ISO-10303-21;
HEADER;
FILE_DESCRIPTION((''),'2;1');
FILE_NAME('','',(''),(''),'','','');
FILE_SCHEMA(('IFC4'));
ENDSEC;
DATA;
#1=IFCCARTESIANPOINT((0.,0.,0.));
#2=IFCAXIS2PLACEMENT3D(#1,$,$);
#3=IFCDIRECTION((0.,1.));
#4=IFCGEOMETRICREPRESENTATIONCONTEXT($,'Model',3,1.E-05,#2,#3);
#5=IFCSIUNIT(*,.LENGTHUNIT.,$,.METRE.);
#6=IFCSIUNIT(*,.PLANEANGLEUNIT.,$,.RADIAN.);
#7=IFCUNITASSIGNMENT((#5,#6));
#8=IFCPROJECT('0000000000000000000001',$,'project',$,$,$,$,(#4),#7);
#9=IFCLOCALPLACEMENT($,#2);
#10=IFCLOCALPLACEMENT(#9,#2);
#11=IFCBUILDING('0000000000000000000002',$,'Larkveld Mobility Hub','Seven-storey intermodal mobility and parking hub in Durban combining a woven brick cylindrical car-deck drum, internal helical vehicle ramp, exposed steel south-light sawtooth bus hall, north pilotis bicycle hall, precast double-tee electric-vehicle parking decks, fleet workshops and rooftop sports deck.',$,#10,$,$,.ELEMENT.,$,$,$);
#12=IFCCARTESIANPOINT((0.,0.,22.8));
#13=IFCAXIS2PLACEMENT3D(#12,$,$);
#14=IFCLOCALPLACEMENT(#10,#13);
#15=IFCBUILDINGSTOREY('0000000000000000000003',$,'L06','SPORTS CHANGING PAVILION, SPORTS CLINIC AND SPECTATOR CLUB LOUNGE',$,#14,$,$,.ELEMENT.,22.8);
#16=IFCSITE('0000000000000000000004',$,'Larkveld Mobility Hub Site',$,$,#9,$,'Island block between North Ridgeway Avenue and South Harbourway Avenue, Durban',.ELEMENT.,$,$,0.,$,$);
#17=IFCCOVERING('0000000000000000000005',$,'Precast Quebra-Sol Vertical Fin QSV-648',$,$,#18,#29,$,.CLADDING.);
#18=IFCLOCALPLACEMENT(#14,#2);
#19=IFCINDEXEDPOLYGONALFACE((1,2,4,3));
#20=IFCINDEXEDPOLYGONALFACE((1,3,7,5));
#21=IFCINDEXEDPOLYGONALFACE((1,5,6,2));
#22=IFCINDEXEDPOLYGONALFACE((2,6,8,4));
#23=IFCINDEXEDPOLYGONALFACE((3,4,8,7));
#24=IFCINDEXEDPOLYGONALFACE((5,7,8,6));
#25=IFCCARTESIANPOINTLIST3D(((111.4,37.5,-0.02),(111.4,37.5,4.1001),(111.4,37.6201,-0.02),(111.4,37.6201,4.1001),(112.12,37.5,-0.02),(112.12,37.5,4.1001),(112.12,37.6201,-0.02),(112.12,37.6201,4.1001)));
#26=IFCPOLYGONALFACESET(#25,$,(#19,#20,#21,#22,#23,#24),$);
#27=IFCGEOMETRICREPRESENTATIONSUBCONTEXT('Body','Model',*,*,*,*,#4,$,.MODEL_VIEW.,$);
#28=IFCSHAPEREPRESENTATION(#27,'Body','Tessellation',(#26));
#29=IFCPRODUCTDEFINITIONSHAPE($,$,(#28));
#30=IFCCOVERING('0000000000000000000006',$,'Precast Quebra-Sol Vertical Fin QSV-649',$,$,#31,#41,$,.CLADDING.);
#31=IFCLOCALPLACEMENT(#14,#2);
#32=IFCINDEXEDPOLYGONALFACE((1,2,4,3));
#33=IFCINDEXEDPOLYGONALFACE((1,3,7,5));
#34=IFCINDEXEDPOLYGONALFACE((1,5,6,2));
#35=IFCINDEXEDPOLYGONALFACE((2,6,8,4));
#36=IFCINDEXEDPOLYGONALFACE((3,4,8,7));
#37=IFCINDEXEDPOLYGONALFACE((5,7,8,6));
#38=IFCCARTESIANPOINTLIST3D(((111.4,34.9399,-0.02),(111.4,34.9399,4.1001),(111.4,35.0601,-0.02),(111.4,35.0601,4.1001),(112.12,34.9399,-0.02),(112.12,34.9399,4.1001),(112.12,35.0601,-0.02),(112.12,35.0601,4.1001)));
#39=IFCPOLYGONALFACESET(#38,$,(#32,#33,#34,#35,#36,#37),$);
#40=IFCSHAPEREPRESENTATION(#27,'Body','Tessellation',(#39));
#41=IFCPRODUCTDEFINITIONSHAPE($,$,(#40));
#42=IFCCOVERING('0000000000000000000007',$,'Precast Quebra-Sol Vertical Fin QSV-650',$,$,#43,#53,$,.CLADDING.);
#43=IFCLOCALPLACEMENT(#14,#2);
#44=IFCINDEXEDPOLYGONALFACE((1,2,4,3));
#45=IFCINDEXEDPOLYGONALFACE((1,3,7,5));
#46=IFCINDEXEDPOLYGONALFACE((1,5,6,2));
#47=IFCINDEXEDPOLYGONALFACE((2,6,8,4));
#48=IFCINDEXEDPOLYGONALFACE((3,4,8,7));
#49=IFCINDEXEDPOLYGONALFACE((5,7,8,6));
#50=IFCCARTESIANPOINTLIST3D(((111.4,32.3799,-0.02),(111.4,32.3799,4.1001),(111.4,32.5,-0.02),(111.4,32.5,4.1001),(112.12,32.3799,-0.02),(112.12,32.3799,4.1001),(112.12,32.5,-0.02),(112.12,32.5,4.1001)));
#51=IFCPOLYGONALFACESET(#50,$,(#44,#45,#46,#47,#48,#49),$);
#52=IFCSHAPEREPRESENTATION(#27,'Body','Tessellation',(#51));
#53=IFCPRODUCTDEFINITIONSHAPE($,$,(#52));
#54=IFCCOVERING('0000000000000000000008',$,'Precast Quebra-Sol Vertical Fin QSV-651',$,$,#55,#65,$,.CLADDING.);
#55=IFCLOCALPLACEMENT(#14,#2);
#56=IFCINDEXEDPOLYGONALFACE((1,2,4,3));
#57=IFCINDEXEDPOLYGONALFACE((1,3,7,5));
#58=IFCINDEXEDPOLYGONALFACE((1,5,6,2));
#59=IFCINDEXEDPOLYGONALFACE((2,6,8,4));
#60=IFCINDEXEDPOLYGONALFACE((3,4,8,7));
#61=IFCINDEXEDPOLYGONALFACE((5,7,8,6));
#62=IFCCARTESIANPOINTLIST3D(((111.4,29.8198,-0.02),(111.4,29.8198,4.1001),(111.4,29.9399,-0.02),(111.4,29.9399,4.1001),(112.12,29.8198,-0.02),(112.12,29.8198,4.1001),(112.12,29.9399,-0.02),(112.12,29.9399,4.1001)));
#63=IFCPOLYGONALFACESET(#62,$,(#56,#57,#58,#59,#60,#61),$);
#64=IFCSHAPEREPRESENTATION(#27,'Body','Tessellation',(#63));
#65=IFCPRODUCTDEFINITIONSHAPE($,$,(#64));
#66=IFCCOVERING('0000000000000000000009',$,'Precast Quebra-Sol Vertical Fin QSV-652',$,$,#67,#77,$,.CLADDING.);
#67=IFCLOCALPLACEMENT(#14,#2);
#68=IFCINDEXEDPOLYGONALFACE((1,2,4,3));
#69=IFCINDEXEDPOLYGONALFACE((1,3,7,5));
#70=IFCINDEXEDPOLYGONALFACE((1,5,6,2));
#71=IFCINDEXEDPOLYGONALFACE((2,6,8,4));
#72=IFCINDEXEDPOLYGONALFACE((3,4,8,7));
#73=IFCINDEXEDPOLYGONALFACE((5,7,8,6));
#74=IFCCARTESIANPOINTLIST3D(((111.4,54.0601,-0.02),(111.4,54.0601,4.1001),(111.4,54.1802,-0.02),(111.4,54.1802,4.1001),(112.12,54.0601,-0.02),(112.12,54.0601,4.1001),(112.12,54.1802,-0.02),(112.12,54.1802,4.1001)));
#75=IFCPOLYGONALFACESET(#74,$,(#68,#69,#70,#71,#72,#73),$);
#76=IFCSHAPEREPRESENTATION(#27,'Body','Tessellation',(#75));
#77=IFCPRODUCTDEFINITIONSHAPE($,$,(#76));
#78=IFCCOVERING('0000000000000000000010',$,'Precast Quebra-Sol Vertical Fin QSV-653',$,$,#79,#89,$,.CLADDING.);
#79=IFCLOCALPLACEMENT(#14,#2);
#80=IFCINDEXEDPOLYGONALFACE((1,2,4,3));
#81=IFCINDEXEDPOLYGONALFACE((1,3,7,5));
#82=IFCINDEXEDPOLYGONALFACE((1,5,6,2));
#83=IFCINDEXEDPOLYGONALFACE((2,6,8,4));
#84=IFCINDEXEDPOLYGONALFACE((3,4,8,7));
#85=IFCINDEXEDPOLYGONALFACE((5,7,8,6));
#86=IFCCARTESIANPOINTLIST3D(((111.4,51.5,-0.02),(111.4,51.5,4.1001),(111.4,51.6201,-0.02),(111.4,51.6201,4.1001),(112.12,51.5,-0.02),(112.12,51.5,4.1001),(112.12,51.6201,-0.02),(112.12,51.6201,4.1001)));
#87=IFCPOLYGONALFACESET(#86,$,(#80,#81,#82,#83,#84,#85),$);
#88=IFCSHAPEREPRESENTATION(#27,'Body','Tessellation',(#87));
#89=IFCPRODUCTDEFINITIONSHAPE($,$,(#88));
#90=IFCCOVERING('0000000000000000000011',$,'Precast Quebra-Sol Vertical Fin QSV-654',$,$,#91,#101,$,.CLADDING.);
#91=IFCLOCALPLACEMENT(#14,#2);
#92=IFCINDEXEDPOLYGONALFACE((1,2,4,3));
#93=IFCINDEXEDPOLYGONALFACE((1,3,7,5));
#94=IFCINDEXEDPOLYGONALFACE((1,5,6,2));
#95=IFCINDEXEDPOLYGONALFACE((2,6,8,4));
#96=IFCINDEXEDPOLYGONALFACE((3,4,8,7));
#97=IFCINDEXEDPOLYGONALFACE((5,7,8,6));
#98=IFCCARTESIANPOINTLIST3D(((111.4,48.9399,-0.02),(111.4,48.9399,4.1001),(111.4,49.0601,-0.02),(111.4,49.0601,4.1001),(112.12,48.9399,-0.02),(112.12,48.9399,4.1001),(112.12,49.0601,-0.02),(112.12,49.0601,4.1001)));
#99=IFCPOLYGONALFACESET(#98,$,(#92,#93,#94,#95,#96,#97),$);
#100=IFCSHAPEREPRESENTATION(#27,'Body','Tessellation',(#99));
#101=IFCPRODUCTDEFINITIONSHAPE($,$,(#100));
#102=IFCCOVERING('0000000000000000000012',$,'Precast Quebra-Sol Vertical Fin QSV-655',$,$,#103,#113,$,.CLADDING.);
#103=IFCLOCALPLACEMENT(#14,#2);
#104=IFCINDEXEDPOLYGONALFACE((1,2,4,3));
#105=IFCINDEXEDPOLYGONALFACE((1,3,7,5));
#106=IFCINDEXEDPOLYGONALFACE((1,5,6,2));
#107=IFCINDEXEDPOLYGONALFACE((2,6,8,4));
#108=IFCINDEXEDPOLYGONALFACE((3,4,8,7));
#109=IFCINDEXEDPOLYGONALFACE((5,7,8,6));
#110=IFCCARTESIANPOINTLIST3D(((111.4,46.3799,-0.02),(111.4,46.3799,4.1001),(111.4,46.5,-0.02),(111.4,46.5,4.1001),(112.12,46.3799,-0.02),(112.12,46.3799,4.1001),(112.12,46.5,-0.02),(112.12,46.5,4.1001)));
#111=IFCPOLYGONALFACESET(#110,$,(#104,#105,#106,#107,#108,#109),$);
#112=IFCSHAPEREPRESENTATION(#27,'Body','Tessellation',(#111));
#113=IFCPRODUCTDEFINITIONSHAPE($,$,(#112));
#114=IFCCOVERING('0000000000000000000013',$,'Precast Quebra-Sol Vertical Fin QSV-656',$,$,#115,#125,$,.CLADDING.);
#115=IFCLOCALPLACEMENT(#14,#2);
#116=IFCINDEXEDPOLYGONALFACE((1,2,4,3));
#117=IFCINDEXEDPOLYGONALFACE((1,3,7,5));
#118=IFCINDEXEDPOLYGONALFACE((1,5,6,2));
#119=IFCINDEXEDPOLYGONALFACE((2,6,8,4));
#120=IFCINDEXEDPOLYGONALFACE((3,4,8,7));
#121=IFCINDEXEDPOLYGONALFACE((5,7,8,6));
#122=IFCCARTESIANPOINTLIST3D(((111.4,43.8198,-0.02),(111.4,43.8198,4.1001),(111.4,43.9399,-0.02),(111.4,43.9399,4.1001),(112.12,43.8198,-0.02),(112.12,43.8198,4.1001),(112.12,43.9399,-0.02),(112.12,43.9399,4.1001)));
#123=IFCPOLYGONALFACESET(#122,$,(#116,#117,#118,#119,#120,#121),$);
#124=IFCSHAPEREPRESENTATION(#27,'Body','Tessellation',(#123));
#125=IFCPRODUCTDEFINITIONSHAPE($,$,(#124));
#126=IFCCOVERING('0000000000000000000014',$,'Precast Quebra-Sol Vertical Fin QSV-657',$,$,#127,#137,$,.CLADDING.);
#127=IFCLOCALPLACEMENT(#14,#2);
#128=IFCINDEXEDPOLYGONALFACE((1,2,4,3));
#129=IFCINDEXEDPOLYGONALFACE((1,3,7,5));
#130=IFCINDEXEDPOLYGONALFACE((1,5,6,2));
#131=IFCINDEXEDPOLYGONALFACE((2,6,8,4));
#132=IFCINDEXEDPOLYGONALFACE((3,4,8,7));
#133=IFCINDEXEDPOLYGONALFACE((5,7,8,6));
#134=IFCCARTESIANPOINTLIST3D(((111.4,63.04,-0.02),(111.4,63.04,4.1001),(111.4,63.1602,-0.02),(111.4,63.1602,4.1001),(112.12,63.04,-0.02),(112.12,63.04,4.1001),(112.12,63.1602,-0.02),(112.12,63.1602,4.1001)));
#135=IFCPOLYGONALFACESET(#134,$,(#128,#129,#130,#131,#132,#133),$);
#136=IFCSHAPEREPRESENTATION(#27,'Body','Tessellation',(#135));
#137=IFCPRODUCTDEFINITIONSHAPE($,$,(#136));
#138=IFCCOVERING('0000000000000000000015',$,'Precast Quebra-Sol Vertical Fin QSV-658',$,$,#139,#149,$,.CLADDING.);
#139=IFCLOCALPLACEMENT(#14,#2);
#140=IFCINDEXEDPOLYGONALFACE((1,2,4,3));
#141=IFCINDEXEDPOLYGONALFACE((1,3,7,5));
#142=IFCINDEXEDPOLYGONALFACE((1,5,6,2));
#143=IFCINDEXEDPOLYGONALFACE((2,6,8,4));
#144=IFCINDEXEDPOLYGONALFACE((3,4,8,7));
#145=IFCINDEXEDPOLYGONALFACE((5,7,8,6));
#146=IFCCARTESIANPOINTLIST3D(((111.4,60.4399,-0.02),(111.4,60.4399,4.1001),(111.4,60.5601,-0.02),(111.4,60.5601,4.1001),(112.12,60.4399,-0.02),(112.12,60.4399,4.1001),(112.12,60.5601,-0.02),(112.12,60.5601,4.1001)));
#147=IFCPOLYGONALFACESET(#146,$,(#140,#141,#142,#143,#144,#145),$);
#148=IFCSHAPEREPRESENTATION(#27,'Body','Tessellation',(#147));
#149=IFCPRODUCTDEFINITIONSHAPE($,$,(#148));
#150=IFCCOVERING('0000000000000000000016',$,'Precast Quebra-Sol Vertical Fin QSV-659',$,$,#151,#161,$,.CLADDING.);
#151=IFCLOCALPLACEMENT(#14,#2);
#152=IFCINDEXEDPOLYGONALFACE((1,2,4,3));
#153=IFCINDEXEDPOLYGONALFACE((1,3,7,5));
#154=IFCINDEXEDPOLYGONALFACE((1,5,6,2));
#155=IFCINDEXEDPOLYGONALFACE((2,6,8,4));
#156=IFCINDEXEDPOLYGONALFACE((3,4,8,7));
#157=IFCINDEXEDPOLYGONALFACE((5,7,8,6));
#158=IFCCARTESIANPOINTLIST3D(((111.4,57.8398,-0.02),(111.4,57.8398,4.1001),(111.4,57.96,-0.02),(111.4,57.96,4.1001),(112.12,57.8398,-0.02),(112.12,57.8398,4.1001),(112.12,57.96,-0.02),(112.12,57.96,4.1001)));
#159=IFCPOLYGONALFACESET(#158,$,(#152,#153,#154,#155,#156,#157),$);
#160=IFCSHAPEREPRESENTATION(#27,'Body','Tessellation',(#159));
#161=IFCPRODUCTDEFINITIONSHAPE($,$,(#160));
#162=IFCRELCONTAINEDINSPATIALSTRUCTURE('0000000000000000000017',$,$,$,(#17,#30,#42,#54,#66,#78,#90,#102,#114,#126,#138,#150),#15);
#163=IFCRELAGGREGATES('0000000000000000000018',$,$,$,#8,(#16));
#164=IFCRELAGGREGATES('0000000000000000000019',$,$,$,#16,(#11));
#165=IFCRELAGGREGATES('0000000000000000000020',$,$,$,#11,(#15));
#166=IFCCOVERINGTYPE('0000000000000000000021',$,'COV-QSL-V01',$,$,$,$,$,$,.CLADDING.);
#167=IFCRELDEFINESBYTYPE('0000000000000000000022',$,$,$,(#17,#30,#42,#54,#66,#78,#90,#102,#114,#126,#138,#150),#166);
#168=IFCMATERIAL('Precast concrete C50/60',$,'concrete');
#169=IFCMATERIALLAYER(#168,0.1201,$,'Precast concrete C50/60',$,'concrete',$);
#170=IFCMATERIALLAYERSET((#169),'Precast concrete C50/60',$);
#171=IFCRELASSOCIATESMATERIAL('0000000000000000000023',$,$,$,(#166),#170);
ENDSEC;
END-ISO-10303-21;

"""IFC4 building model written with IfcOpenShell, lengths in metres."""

from ifc_helpers import new_model, si_unit, direction, frame, origin, origin_2d, place, context, subcontext, project, spatial, rectangle, extrude, material, layer, layer_set, type_object, element, save


model = new_model("IFC4")

# Units and contexts
model_context = context("Model", 3, precision=1e-05, world=origin(), true_north=direction((0.0, 1.0)))
body_context = subcontext(model_context, "Body", "Model", "MODEL_VIEW")
ifc_project = project(units=[si_unit("LENGTHUNIT", "METRE"), si_unit("PLANEANGLEUNIT", "RADIAN")], contexts=[model_context])

# Site, building, storey
site_placement = place(None, origin())
site = spatial("IfcSite", under=ifc_project, at=site_placement, Name="Larkveld Mobility Hub Site", LongName="Island block between North Ridgeway Avenue and South Harbourway Avenue, Durban", CompositionType="ELEMENT", RefElevation=0.0)
building_placement = place(site_placement, origin())
building = spatial("IfcBuilding", under=site, at=building_placement, Name="Larkveld Mobility Hub", Description="Seven-storey intermodal mobility and parking hub in Durban combining a woven brick cylindrical car-deck drum, internal helical vehicle ramp, exposed steel south-light sawtooth bus hall, north pilotis bicycle hall, precast double-tee electric-vehicle parking decks, fleet workshops and rooftop sports deck.", CompositionType="ELEMENT")
storey_placement = place(building_placement, frame((0.0, 0.0, 22.8)))
storey = spatial("IfcBuildingStorey", under=building, at=storey_placement, Name="L06", Description="SPORTS CHANGING PAVILION, SPORTS CLINIC AND SPECTATOR CLUB LOUNGE", CompositionType="ELEMENT", Elevation=22.8)

# Coverings
ifc_material_1 = material(Name="Precast concrete C50/60", Category="concrete")
ifc_layer_1 = layer(ifc_material_1, 0.1201, Name="Precast concrete C50/60", Category="concrete")
ifc_layer_set_1 = layer_set([ifc_layer_1], Name="Precast concrete C50/60")
covering_type_1 = type_object("IfcCoveringType", Name="COV-QSL-V01", PredefinedType="CLADDING", material=ifc_layer_set_1)
for number, where, z_axis, x_axis, name in (
    (1, (111.76, 37.5601, -0.02), (0.0, 0.0, 1.0), (0.0, -1.0, 0.0), "Precast Quebra-Sol Vertical Fin QSV-648"),
    (2, (111.76, 35.0, -0.02), (0.0, 0.0, 1.0), (0.0, -1.0, 0.0), "Precast Quebra-Sol Vertical Fin QSV-649"),
    (3, (111.76, 32.4399, -0.02), (0.0, 0.0, 1.0), (0.0, -1.0, 0.0), "Precast Quebra-Sol Vertical Fin QSV-650"),
    (4, (111.76, 29.8799, -0.02), (0.0, 0.0, 1.0), (0.0, -1.0, 0.0), "Precast Quebra-Sol Vertical Fin QSV-651"),
    (5, (111.76, 54.1201, -0.02), (0.0, 0.0, 1.0), (0.0, -1.0, 0.0), "Precast Quebra-Sol Vertical Fin QSV-652"),
    (6, (111.76, 51.5601, -0.02), (0.0, 0.0, 1.0), (0.0, -1.0, 0.0), "Precast Quebra-Sol Vertical Fin QSV-653"),
    (7, (111.76, 49.0, -0.02), (0.0, 0.0, 1.0), (0.0, -1.0, 0.0), "Precast Quebra-Sol Vertical Fin QSV-654"),
    (8, (111.76, 46.4399, -0.02), (0.0, 0.0, 1.0), (0.0, -1.0, 0.0), "Precast Quebra-Sol Vertical Fin QSV-655"),
    (9, (111.76, 43.8799, -0.02), (0.0, 0.0, 1.0), (0.0, -1.0, 0.0), "Precast Quebra-Sol Vertical Fin QSV-656"),
    (10, (111.76, 63.1001, -0.02), (0.0, 0.0, 1.0), (0.0, -1.0, 0.0), "Precast Quebra-Sol Vertical Fin QSV-657"),
    (11, (111.76, 60.5, -0.02), (0.0, 0.0, 1.0), (0.0, -1.0, 0.0), "Precast Quebra-Sol Vertical Fin QSV-658"),
    (12, (111.76, 57.8999, -0.02), (0.0, 0.0, 1.0), (0.0, -1.0, 0.0), "Precast Quebra-Sol Vertical Fin QSV-659"),
):
    element("IfcCovering", number, at=place(storey_placement, frame(where, z_axis=z_axis, x_axis=x_axis)), inside=storey, type_object=covering_type_1, Name=name, PredefinedType="CLADDING", context=body_context, shape_type="SweptSolid", body=[
        extrude(rectangle(XDim=0.1201, YDim=0.72, at=origin_2d()), origin(), (0.0, 0.0, 1.0), 4.1201),
    ])

save(model, "model.ifc")
